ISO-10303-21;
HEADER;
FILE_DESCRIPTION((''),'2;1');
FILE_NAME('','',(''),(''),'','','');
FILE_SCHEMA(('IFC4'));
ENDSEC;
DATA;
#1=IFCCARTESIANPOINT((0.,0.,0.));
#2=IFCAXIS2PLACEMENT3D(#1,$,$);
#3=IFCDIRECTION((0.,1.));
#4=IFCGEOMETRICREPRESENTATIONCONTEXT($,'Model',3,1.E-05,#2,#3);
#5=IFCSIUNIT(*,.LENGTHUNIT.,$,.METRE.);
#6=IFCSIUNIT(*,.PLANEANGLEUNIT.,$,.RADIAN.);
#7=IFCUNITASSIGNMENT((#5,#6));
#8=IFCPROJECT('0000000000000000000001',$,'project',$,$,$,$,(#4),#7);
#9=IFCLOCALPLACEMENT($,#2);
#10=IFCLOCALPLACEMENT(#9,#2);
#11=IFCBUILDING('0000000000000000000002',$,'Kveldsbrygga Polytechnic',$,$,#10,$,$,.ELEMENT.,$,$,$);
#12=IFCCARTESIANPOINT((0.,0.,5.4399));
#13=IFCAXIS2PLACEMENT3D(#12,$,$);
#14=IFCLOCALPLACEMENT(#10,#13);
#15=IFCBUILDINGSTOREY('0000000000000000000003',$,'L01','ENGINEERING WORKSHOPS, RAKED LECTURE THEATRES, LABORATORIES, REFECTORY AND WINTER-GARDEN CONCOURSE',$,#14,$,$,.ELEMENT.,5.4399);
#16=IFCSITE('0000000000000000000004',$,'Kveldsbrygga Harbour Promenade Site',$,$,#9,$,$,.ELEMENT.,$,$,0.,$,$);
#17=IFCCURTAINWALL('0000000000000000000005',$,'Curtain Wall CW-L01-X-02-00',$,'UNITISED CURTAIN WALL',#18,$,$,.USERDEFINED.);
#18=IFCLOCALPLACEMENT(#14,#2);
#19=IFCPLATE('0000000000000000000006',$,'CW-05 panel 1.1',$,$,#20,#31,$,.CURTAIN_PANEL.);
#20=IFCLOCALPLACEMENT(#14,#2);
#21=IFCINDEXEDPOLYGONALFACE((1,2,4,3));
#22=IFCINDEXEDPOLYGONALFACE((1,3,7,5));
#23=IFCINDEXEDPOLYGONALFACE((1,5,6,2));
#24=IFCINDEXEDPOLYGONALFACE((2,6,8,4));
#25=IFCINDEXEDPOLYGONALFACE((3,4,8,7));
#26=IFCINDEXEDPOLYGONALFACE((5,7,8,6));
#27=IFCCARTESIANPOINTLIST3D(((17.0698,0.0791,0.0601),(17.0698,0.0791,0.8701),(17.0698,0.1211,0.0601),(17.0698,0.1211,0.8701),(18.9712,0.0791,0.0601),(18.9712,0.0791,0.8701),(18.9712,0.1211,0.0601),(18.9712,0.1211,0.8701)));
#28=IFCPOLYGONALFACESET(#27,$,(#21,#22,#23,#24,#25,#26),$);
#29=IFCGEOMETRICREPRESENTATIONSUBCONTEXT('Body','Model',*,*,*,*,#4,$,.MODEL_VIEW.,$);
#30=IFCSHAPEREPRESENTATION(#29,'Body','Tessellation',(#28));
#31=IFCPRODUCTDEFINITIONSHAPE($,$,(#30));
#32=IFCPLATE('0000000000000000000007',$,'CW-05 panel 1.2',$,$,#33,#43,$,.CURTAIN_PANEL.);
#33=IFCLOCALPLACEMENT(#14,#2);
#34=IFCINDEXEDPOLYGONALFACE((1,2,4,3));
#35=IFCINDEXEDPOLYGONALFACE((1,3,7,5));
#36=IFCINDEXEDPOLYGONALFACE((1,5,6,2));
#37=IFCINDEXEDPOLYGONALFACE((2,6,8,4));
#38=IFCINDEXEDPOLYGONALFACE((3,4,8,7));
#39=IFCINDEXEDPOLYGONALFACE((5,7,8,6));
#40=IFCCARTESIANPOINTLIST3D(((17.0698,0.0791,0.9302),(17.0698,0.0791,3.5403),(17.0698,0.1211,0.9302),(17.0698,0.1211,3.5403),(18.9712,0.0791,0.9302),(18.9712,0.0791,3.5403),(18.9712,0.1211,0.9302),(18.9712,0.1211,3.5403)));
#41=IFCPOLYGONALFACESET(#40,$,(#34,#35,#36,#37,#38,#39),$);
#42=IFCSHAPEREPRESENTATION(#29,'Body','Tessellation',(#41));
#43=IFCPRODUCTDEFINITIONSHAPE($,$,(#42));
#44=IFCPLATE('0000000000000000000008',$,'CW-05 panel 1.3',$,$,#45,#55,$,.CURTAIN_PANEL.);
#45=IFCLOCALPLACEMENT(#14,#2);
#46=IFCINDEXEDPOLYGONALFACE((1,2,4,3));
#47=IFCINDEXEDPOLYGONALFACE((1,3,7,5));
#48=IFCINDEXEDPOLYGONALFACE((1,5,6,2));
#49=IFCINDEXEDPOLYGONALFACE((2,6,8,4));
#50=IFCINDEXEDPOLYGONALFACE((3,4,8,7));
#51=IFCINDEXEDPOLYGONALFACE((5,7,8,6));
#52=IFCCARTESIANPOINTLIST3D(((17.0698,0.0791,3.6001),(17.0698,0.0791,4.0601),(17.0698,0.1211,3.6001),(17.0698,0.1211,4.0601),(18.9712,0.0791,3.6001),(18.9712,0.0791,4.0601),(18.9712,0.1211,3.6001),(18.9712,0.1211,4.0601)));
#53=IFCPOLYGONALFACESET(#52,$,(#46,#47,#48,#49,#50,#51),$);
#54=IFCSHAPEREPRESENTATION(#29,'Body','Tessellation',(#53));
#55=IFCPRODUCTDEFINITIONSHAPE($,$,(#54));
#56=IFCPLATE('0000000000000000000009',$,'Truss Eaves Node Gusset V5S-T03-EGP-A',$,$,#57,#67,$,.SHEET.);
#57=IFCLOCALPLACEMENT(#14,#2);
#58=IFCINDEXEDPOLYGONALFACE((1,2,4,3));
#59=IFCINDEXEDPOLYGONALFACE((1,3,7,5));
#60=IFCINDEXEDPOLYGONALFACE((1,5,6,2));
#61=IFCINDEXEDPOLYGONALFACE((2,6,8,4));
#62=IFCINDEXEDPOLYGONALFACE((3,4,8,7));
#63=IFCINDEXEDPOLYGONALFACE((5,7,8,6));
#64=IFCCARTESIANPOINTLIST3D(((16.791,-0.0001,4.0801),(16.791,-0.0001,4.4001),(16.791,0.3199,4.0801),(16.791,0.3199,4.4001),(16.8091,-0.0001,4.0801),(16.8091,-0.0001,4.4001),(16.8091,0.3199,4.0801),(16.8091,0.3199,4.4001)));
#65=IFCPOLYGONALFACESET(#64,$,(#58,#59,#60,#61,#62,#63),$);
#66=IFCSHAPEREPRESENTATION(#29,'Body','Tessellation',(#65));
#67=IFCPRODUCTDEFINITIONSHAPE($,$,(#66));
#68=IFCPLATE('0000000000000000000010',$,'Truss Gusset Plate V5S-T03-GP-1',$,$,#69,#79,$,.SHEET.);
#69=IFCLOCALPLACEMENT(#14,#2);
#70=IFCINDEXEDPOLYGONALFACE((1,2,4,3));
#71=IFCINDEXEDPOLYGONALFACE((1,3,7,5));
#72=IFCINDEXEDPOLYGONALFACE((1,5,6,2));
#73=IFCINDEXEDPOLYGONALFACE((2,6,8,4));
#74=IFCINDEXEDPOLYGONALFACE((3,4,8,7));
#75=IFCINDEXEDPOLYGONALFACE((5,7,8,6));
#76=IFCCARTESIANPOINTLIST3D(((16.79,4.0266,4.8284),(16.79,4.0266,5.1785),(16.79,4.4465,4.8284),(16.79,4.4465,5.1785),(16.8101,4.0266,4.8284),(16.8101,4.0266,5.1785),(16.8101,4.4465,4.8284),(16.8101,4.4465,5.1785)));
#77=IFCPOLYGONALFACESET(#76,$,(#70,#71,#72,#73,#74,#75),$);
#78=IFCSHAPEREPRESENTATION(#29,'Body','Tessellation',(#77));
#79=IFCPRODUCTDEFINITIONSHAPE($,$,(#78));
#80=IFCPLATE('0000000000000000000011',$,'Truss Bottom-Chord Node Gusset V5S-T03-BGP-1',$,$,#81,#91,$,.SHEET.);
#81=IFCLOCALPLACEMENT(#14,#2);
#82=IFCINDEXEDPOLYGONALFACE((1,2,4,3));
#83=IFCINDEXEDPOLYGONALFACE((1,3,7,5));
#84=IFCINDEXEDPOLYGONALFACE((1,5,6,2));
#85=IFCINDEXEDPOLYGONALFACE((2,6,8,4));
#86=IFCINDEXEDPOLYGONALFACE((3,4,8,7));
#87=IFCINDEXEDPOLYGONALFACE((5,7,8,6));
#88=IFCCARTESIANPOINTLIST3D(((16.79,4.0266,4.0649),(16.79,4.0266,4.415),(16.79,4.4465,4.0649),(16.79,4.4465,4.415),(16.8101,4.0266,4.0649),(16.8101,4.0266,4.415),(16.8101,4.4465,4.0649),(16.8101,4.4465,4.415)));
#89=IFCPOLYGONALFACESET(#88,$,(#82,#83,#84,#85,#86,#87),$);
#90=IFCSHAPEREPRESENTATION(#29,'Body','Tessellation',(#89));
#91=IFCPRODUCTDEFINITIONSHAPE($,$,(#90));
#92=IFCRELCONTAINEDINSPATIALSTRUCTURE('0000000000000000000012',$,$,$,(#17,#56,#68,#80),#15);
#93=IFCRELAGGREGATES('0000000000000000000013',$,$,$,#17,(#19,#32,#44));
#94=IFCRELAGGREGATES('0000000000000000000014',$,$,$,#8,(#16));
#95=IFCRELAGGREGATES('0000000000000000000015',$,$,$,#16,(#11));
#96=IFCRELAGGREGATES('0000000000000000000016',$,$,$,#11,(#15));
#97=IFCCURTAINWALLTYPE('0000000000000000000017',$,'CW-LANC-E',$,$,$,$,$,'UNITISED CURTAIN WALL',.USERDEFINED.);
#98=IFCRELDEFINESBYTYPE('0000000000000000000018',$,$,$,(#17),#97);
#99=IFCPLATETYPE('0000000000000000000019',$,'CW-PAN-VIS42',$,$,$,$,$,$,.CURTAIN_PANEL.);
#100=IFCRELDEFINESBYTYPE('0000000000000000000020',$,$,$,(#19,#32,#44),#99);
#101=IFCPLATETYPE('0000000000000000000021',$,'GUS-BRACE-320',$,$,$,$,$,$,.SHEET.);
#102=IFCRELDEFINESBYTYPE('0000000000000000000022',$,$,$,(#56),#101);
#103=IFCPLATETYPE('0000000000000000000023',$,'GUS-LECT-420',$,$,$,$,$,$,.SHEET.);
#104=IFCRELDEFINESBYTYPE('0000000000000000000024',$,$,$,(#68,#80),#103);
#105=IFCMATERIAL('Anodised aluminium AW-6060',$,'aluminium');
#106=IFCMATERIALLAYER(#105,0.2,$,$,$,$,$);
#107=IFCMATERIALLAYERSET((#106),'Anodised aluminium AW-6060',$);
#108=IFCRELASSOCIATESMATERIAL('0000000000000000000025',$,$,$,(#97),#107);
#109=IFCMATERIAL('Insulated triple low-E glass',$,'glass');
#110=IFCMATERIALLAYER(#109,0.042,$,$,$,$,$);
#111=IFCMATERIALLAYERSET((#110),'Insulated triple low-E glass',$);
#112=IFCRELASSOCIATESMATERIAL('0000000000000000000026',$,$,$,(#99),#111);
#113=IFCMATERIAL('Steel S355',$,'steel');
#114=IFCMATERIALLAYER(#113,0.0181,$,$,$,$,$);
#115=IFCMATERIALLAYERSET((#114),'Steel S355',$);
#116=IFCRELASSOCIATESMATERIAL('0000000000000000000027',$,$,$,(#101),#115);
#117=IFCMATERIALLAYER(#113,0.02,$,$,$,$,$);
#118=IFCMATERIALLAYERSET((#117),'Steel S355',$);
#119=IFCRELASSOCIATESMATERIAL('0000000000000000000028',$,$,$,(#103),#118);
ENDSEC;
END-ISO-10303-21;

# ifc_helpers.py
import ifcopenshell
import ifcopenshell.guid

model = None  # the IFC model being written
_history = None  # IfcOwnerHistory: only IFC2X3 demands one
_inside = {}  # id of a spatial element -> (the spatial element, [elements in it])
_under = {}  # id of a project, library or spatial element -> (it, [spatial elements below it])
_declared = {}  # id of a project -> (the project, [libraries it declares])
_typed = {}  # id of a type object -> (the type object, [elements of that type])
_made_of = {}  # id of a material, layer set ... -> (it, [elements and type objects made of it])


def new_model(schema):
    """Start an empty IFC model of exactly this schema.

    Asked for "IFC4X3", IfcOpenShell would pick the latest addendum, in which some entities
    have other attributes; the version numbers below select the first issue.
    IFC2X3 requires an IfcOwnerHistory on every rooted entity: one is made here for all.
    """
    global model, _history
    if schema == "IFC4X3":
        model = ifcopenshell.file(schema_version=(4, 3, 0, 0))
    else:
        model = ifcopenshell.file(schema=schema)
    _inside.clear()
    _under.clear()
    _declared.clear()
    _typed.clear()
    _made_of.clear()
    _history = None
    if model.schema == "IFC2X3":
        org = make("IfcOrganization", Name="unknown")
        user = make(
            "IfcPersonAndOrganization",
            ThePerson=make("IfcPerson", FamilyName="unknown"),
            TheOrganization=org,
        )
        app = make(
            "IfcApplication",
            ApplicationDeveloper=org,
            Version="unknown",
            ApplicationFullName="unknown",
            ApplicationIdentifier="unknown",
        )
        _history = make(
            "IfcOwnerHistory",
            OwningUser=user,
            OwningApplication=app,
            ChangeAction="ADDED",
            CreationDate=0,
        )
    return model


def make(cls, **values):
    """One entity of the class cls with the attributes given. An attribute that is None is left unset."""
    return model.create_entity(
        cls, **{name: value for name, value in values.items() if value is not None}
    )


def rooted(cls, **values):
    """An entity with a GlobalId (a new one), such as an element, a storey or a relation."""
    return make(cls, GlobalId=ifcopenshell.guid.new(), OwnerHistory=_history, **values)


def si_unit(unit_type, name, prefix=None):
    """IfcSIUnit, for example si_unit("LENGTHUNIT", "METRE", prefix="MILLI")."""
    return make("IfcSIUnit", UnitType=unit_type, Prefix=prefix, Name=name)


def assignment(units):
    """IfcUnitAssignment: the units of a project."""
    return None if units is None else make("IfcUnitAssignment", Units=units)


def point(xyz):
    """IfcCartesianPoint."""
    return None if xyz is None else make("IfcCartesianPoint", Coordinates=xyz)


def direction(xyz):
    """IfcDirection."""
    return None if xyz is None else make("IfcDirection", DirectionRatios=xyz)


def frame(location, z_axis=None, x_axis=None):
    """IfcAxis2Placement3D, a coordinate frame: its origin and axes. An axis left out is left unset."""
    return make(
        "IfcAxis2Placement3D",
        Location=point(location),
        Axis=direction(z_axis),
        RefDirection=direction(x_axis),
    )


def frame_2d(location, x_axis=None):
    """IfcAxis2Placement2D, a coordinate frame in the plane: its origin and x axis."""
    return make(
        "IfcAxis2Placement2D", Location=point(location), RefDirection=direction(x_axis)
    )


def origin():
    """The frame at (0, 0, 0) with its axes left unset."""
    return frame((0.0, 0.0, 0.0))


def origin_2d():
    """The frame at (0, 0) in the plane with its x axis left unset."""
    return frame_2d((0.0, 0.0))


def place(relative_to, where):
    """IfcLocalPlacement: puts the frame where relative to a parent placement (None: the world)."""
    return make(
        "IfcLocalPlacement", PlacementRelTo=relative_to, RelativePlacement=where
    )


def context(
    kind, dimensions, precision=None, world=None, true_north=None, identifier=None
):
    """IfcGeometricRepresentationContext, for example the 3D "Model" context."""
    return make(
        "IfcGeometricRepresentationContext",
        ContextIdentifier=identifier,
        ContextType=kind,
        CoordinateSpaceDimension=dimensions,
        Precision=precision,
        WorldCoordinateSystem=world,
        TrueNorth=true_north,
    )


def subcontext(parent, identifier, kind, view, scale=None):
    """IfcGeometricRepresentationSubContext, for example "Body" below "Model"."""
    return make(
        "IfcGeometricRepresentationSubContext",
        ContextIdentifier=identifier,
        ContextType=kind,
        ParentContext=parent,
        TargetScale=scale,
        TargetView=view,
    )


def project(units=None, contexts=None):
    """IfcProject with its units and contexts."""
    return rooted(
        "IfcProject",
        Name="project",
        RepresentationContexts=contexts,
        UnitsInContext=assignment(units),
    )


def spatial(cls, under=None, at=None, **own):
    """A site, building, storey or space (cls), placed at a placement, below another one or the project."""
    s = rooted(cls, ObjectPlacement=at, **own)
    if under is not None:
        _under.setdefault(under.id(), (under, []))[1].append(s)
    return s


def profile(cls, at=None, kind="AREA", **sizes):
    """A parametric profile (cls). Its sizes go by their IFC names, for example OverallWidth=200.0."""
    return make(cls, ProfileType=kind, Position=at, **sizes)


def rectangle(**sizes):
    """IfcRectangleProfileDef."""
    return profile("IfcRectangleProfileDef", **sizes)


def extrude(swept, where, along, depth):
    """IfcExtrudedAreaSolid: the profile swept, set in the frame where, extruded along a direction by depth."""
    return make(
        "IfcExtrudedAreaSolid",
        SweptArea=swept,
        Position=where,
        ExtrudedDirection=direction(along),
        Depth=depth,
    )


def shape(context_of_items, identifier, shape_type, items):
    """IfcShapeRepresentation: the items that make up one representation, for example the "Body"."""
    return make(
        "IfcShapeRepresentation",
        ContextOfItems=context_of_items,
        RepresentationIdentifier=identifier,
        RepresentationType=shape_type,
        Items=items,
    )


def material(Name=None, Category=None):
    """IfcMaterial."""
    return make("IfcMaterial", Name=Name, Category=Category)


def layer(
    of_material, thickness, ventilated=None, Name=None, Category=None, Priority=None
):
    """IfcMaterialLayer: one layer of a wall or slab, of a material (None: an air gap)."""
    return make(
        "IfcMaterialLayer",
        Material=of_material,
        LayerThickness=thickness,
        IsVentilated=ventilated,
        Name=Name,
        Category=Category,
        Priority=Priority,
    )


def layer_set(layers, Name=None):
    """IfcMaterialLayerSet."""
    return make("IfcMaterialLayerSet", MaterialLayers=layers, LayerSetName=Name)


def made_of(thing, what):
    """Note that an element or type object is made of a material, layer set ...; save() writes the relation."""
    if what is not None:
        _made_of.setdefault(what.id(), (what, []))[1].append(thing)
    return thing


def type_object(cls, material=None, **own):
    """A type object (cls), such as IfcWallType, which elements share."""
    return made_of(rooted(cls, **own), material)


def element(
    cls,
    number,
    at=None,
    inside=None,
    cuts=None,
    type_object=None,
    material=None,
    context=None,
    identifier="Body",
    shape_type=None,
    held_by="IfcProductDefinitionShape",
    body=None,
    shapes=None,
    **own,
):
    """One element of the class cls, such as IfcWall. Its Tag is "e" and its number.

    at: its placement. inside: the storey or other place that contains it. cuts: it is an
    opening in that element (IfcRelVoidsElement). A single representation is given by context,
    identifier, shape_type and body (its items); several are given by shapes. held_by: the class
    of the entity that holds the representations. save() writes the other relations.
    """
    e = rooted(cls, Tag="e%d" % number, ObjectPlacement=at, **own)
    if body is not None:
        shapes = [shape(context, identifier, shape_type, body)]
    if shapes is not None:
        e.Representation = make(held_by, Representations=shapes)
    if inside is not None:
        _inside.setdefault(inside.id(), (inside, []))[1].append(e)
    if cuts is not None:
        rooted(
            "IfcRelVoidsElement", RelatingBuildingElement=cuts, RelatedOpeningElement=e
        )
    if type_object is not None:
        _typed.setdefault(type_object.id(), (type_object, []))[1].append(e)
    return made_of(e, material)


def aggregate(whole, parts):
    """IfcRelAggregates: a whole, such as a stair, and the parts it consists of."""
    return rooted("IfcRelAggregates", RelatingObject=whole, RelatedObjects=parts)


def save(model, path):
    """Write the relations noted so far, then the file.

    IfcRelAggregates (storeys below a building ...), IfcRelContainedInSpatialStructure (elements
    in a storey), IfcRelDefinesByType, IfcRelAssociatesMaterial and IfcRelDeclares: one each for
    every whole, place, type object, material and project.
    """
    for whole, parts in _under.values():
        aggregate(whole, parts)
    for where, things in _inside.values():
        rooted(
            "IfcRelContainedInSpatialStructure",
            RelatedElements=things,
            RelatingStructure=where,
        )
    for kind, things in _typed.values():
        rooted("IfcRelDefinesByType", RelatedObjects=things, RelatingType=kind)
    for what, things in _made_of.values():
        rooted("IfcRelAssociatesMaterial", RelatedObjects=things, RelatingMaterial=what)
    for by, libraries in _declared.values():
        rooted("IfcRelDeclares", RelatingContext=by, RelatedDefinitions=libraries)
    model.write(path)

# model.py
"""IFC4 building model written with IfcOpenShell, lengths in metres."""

from ifc_helpers import new_model, si_unit, direction, frame, origin, origin_2d, place, context, subcontext, project, spatial, rectangle, extrude, material, layer, layer_set, type_object, element, aggregate, save


model = new_model("IFC4")

# Units and contexts
model_context = context("Model", 3, precision=1e-05, world=origin(), true_north=direction((0.0, 1.0)))
body_context = subcontext(model_context, "Body", "Model", "MODEL_VIEW")
ifc_project = project(units=[si_unit("LENGTHUNIT", "METRE"), si_unit("PLANEANGLEUNIT", "RADIAN")], contexts=[model_context])

# Site, building, storey
site_placement = place(None, origin())
site = spatial("IfcSite", under=ifc_project, at=site_placement, Name="Kveldsbrygga Harbour Promenade Site", CompositionType="ELEMENT", RefElevation=0.0)
building_placement = place(site_placement, origin())
building = spatial("IfcBuilding", under=site, at=building_placement, Name="Kveldsbrygga Polytechnic", CompositionType="ELEMENT")
storey_placement = place(building_placement, frame((0.0, 0.0, 5.4399)))
storey = spatial("IfcBuildingStorey", under=building, at=storey_placement, Name="L01", Description="ENGINEERING WORKSHOPS, RAKED LECTURE THEATRES, LABORATORIES, REFECTORY AND WINTER-GARDEN CONCOURSE", CompositionType="ELEMENT", Elevation=5.4399)

# Curtain wall
ifc_material_1 = material(Name="Anodised aluminium AW-6060", Category="aluminium")
ifc_layer_1 = layer(ifc_material_1, 0.2)
ifc_layer_set_1 = layer_set([ifc_layer_1], Name="Anodised aluminium AW-6060")
curtain_wall_type = type_object("IfcCurtainWallType", Name="CW-LANC-E", ElementType="UNITISED CURTAIN WALL", PredefinedType="USERDEFINED", material=ifc_layer_set_1)
curtain_wall_placement = place(storey_placement, origin())
curtain_wall = element("IfcCurtainWall", 1, at=curtain_wall_placement, inside=storey, type_object=curtain_wall_type, Name="Curtain Wall CW-L01-X-02-00", ObjectType="UNITISED CURTAIN WALL", PredefinedType="USERDEFINED")

# Shared definitions
ifc_material_2 = material(Name="Steel S355", Category="steel")

# Plates
ifc_material_3 = material(Name="Insulated triple low-E glass", Category="glass")
ifc_layer_2 = layer(ifc_material_3, 0.042)
ifc_layer_set_2 = layer_set([ifc_layer_2], Name="Insulated triple low-E glass")
plate_type_1 = type_object("IfcPlateType", Name="CW-PAN-VIS42", PredefinedType="CURTAIN_PANEL", material=ifc_layer_set_2)
plate_1_placement = place(storey_placement, frame((18.0205, 0.1001, 0.0601), z_axis=(0.0, 0.0, 1.0), x_axis=(1.0, 0.0, 0.0)))
plate_1 = element("IfcPlate", 2, at=plate_1_placement, type_object=plate_type_1, Name="CW-05 panel 1.1", PredefinedType="CURTAIN_PANEL", context=body_context, shape_type="SweptSolid", body=[
    extrude(rectangle(XDim=1.9014, YDim=0.042, at=origin_2d()), origin(), (0.0, 0.0, 1.0), 0.8101),
])
plate_2_placement = place(storey_placement, frame((18.0205, 0.1001, 0.9302), z_axis=(0.0, 0.0, 1.0), x_axis=(1.0, 0.0, 0.0)))
plate_2 = element("IfcPlate", 3, at=plate_2_placement, type_object=plate_type_1, Name="CW-05 panel 1.2", PredefinedType="CURTAIN_PANEL", context=body_context, shape_type="SweptSolid", body=[
    extrude(rectangle(XDim=1.9014, YDim=0.042, at=origin_2d()), origin(), (0.0, 0.0, 1.0), 2.6101),
])
plate_3_placement = place(storey_placement, frame((18.0205, 0.1001, 3.6001), z_axis=(0.0, 0.0, 1.0), x_axis=(1.0, 0.0, 0.0)))
plate_3 = element("IfcPlate", 4, at=plate_3_placement, type_object=plate_type_1, Name="CW-05 panel 1.3", PredefinedType="CURTAIN_PANEL", context=body_context, shape_type="SweptSolid", body=[
    extrude(rectangle(XDim=1.9014, YDim=0.042, at=origin_2d()), origin(), (0.0, 0.0, 1.0), 0.46),
])
aggregate(curtain_wall, [plate_1, plate_2, plate_3])

# Plates
ifc_layer_3 = layer(ifc_material_2, 0.0181)
ifc_layer_set_3 = layer_set([ifc_layer_3], Name="Steel S355")
plate_type_2 = type_object("IfcPlateType", Name="GUS-BRACE-320", PredefinedType="SHEET", material=ifc_layer_set_3)
plate_4_placement = place(storey_placement, frame((16.8, 0.1599, 4.0801), z_axis=(0.0, 0.0, 1.0), x_axis=(1.0, 0.0, 0.0)))
element("IfcPlate", 5, at=plate_4_placement, inside=storey, type_object=plate_type_2, Name="Truss Eaves Node Gusset V5S-T03-EGP-A", PredefinedType="SHEET", context=body_context, shape_type="SweptSolid", body=[
    extrude(rectangle(XDim=0.0181, YDim=0.3201, at=origin_2d()), origin(), (0.0, 0.0, 1.0), 0.3201),
])
ifc_layer_4 = layer(ifc_material_2, 0.02)
ifc_layer_set_4 = layer_set([ifc_layer_4], Name="Steel S355")
plate_type_3 = type_object("IfcPlateType", Name="GUS-LECT-420", PredefinedType="SHEET", material=ifc_layer_set_4)
for number, where, z_axis, x_axis, name in (
    (6, (16.8, 4.2366, 4.8284), (0.0, 0.0, 1.0), (1.0, 0.0, 0.0), "Truss Gusset Plate V5S-T03-GP-1"),
    (7, (16.8, 4.2366, 4.0649), (0.0, 0.0, 1.0), (1.0, 0.0, 0.0), "Truss Bottom-Chord Node Gusset V5S-T03-BGP-1"),
):
    element("IfcPlate", number, at=place(storey_placement, frame(where, z_axis=z_axis, x_axis=x_axis)), inside=storey, type_object=plate_type_3, Name=name, PredefinedType="SHEET", context=body_context, shape_type="SweptSolid", body=[
        extrude(rectangle(XDim=0.02, YDim=0.4199, at=origin_2d()), origin(), (0.0, 0.0, 1.0), 0.3501),
    ])

save(model, "model.ifc")
